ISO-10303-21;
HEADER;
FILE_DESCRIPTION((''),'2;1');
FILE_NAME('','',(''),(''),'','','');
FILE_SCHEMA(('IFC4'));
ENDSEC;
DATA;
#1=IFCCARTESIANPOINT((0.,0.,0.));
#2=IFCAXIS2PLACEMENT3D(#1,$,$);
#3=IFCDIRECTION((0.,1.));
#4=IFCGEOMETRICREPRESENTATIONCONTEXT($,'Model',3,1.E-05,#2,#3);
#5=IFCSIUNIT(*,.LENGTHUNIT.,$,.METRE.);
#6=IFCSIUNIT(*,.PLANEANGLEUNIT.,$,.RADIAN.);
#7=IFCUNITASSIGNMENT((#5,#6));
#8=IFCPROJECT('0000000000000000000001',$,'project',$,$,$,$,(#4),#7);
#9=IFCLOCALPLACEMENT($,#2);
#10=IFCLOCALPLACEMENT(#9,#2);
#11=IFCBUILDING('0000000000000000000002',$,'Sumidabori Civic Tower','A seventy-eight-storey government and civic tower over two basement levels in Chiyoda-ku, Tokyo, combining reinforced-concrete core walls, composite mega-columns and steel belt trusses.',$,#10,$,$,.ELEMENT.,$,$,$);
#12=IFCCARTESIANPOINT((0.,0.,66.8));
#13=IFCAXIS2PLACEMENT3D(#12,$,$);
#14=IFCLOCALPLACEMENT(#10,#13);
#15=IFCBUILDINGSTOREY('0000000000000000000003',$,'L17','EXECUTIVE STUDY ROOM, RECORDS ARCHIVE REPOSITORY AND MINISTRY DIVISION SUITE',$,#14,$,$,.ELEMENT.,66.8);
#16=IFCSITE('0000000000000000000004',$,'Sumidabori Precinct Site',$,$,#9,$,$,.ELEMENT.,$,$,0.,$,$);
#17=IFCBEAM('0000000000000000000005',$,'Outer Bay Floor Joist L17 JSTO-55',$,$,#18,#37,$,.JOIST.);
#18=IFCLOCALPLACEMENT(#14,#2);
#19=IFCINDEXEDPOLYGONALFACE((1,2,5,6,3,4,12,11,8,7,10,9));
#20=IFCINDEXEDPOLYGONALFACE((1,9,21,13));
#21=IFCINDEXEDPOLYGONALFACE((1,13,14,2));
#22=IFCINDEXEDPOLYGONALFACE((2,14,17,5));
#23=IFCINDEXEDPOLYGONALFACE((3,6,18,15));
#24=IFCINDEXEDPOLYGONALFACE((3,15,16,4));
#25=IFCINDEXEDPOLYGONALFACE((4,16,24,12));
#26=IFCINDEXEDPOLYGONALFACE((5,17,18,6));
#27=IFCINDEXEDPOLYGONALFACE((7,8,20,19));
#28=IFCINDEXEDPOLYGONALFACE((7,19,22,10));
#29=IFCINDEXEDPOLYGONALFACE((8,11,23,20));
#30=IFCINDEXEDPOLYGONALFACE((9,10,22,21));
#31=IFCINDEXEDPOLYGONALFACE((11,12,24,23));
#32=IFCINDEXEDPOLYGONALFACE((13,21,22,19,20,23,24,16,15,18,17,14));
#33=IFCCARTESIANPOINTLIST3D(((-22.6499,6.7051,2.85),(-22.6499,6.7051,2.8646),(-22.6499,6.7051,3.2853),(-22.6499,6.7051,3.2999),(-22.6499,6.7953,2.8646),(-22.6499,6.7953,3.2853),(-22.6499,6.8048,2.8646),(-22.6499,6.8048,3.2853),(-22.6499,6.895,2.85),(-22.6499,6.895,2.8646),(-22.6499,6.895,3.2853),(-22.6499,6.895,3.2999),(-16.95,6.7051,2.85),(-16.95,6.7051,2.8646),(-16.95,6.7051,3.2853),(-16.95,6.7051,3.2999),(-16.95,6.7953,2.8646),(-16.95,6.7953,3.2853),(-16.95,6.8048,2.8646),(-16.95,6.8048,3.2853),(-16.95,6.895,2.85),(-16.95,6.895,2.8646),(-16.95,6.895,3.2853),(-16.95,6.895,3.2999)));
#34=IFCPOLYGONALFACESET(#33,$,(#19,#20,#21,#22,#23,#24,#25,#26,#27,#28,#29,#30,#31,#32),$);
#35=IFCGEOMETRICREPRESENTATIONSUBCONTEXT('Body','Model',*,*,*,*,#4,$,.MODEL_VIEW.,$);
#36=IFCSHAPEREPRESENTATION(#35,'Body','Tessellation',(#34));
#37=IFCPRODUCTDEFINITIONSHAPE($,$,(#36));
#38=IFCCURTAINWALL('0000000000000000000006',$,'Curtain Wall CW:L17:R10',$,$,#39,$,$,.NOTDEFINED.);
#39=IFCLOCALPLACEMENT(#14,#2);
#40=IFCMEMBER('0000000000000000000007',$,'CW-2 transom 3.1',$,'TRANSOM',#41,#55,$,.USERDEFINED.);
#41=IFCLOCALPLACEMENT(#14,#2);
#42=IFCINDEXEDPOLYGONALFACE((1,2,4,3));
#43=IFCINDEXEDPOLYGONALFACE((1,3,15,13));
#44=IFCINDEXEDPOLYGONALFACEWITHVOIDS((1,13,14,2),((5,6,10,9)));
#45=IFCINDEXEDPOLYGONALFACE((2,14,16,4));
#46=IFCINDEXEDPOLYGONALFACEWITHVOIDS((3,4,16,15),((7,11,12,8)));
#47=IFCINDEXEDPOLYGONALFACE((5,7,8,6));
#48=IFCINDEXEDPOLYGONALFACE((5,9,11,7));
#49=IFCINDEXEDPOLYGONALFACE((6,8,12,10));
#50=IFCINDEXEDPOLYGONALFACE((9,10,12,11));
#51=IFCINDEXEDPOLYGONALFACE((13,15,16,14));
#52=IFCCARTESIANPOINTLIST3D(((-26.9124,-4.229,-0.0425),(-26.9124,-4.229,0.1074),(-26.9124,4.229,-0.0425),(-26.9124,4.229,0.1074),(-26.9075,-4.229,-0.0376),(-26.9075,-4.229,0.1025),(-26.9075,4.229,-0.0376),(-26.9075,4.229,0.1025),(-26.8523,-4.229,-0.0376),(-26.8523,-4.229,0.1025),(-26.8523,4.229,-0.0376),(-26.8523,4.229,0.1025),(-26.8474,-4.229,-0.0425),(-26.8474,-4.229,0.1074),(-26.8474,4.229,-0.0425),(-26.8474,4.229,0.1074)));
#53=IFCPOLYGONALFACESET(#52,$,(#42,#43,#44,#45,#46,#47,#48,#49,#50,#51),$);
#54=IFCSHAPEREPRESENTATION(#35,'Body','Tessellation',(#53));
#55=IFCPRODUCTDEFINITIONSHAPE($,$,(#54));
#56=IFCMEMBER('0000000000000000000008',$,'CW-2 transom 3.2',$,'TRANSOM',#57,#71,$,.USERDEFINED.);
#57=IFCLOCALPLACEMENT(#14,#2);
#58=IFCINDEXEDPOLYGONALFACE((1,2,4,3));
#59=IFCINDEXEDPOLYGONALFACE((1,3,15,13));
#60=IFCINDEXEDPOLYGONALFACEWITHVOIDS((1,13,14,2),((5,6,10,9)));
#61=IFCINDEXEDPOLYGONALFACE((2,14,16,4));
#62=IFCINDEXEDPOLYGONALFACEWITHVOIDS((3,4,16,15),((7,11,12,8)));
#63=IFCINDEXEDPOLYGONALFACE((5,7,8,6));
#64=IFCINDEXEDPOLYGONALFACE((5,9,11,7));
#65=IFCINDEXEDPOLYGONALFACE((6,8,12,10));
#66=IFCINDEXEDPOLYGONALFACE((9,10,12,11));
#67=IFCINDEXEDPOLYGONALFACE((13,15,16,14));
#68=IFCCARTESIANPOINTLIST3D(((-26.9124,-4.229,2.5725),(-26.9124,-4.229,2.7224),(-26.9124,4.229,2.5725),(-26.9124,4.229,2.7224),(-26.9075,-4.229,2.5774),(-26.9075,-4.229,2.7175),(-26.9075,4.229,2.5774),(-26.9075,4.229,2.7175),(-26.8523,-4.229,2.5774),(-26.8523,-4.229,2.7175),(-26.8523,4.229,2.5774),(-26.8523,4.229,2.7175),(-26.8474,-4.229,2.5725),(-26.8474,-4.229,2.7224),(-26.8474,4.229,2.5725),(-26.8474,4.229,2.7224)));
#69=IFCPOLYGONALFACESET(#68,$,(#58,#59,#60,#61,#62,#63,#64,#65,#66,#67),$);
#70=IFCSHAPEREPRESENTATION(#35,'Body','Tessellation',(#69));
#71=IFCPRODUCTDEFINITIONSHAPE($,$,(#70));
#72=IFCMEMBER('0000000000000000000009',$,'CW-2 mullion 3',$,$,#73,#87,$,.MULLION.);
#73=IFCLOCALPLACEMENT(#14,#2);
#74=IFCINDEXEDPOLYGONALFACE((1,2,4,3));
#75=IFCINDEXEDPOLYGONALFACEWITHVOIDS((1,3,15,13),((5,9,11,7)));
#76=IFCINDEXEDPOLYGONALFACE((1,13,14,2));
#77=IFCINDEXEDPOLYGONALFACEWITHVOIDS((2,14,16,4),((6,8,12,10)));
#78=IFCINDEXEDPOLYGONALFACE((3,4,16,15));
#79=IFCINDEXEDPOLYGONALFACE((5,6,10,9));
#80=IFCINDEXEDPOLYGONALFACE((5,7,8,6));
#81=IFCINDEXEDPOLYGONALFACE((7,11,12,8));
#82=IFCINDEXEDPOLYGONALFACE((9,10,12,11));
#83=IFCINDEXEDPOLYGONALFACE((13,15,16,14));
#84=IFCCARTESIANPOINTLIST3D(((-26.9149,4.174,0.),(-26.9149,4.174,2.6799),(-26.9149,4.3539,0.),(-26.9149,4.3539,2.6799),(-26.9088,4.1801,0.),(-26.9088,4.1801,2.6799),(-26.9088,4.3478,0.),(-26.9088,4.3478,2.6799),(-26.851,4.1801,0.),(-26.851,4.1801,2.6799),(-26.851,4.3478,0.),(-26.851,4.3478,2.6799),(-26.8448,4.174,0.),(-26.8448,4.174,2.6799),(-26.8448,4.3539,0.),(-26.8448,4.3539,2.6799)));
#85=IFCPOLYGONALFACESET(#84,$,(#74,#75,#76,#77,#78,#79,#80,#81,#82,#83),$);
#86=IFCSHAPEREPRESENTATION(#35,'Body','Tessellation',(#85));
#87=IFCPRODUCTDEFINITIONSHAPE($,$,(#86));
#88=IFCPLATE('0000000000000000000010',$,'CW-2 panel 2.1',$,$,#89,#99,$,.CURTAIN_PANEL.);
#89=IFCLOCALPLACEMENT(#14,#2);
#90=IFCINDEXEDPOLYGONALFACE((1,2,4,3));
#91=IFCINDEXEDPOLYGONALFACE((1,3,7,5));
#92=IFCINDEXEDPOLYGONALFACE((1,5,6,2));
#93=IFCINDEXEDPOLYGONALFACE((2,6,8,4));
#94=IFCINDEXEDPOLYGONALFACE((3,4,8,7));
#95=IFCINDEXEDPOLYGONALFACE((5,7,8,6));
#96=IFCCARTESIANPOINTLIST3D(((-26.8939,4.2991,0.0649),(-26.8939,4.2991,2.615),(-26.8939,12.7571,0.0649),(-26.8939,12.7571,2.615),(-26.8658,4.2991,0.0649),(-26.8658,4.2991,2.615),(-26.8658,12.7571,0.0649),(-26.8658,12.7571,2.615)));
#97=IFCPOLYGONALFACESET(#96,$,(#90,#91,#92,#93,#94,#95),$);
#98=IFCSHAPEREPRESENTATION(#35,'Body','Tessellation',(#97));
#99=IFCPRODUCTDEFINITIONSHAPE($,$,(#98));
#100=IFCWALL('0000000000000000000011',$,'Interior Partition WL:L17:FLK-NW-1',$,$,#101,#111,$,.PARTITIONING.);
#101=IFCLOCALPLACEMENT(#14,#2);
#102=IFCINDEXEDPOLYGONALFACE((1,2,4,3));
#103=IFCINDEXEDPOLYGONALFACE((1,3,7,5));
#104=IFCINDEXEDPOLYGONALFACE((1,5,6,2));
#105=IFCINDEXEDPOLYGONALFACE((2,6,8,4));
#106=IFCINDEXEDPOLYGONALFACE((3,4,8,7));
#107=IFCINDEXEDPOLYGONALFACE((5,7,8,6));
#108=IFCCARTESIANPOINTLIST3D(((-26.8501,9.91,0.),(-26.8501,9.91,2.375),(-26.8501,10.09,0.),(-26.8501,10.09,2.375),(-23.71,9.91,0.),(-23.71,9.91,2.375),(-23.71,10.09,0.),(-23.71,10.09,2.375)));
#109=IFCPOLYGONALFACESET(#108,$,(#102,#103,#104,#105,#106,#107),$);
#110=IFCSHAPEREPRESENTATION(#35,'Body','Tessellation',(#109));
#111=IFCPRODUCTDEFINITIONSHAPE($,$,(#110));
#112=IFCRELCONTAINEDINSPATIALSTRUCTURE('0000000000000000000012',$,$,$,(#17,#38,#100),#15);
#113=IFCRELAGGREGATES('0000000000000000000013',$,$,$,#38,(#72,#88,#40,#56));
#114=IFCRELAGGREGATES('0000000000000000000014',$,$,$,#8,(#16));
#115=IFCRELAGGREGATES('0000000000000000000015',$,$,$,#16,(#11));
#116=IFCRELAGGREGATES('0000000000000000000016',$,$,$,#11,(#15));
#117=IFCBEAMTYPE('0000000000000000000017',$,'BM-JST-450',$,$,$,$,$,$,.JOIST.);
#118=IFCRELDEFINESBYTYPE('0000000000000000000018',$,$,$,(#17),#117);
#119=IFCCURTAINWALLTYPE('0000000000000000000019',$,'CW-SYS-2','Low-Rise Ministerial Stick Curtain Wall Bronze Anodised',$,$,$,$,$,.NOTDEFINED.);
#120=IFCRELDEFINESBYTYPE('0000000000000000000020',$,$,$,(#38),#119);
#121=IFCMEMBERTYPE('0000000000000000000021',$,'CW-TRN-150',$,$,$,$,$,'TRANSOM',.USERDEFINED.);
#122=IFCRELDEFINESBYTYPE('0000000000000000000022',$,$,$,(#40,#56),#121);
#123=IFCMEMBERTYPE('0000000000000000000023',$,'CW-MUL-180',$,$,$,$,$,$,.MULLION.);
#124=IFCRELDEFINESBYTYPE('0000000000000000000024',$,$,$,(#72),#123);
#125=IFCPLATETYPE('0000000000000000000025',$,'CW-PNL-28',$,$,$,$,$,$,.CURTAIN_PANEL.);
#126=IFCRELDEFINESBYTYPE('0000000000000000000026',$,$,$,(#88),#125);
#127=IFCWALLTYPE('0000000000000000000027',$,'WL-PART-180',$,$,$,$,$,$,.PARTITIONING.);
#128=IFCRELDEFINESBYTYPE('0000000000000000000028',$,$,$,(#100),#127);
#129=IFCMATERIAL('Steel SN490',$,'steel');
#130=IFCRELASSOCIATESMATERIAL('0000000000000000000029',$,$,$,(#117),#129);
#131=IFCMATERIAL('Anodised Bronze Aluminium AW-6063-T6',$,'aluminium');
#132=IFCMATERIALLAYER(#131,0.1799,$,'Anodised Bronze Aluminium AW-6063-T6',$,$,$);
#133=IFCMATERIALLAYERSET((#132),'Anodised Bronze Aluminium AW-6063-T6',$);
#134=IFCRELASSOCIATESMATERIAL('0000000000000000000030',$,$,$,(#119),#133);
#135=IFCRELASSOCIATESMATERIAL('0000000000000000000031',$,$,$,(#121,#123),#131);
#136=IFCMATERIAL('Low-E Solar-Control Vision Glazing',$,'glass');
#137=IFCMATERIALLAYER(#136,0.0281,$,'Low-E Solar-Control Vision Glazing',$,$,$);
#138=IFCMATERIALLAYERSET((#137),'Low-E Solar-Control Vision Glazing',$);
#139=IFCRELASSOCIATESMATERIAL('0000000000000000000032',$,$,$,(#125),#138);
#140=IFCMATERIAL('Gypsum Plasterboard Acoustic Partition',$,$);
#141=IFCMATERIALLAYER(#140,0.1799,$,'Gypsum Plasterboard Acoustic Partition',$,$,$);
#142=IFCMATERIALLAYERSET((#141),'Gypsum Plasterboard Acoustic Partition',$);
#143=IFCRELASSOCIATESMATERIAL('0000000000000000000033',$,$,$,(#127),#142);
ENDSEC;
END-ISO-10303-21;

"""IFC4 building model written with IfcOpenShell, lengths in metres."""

from ifc_helpers import new_model, si_unit, direction, frame, frame_2d, origin, origin_2d, place, context, subcontext, project, spatial, rectangle, hollow_rectangle, i_section, extrude, source, transform, mapped, material, layer, layer_set, material_profile, profile_set, type_object, element, aggregate, save


model = new_model("IFC4")

# Units and contexts
model_context = context("Model", 3, precision=1e-05, world=origin(), true_north=direction((0.0, 1.0)))
body_context = subcontext(model_context, "Body", "Model", "MODEL_VIEW")
ifc_project = project(units=[si_unit("LENGTHUNIT", "METRE"), si_unit("PLANEANGLEUNIT", "RADIAN")], contexts=[model_context])

# Site, building, storey
site_placement = place(None, origin())
site = spatial("IfcSite", under=ifc_project, at=site_placement, Name="Sumidabori Precinct Site", CompositionType="ELEMENT", RefElevation=0.0)
building_placement = place(site_placement, origin())
building = spatial("IfcBuilding", under=site, at=building_placement, Name="Sumidabori Civic Tower", Description="A seventy-eight-storey government and civic tower over two basement levels in Chiyoda-ku, Tokyo, combining reinforced-concrete core walls, composite mega-columns and steel belt trusses.", CompositionType="ELEMENT")
storey_placement = place(building_placement, frame((0.0, 0.0, 66.8)))
storey = spatial("IfcBuildingStorey", under=building, at=storey_placement, Name="L17", Description="EXECUTIVE STUDY ROOM, RECORDS ARCHIVE REPOSITORY AND MINISTRY DIVISION SUITE", CompositionType="ELEMENT", Elevation=66.8)

# Beam
ifc_material_1 = material(Name="Steel SN490", Category="steel")
ifc_material_profile_1 = material_profile(ifc_material_1, i_section(OverallWidth=0.1899, OverallDepth=0.45, WebThickness=0.0095, FlangeThickness=0.0146, at=origin_2d()), Name="IPE 450")
ifc_profile_set_1 = profile_set([ifc_material_profile_1], Name="Steel SN490")
beam_type_1 = type_object("IfcBeamType", Name="BM-JST-450", PredefinedType="JOIST", material=ifc_profile_set_1)
shared_shape_1 = source(origin(), body_context, "Body", "SweptSolid", [
    extrude(i_section(OverallWidth=0.1899, OverallDepth=0.45, WebThickness=0.0095, FlangeThickness=0.0146, at=origin_2d()), origin(), (0.0, 0.0, 1.0), 5.7),
])
for number, where, z_axis, x_axis, name in (
    (1, (-22.6499, 6.8, 3.075), (1.0, 0.0, 0.0), (0.0, 1.0, 0.0), "Outer Bay Floor Joist L17 JSTO-55"),
):
    element("IfcBeam", number, at=place(storey_placement, frame(where, z_axis=z_axis, x_axis=x_axis)), inside=storey, type_object=beam_type_1, Name=name, PredefinedType="JOIST", context=body_context, shape_type="MappedRepresentation", body=[
        mapped(shared_shape_1, transform((0.0, 0.0, 0.0), x_axis=(1.0, 0.0, 0.0), y_axis=(0.0, 1.0, 0.0), z_axis=(0.0, 0.0, 1.0), scale=1.0)),
    ])

# Curtain wall, members, plate
ifc_material_2 = material(Name="Anodised Bronze Aluminium AW-6063-T6", Category="aluminium")
ifc_layer_1 = layer(ifc_material_2, 0.1799, Name="Anodised Bronze Aluminium AW-6063-T6")
ifc_layer_set_1 = layer_set([ifc_layer_1], Name="Anodised Bronze Aluminium AW-6063-T6")
curtain_wall_type = type_object("IfcCurtainWallType", Name="CW-SYS-2", Description="Low-Rise Ministerial Stick Curtain Wall Bronze Anodised", PredefinedType="NOTDEFINED", material=ifc_layer_set_1)
curtain_wall_placement = place(storey_placement, origin())
curtain_wall = element("IfcCurtainWall", 2, at=curtain_wall_placement, inside=storey, type_object=curtain_wall_type, Name="Curtain Wall CW:L17:R10", PredefinedType="NOTDEFINED")
ifc_material_profile_2 = material_profile(ifc_material_2, hollow_rectangle(XDim=0.0649, YDim=0.1499, WallThickness=0.0049, at=origin_2d()), Name="ALU TRANSOM 150x65")
ifc_profile_set_2 = profile_set([ifc_material_profile_2], Name="Anodised Bronze Aluminium AW-6063-T6")
member_type_1 = type_object("IfcMemberType", Name="CW-TRN-150", ElementType="TRANSOM", PredefinedType="USERDEFINED", material=ifc_profile_set_2)
shared_shape_2 = source(origin(), body_context, "Body", "SweptSolid", [
    extrude(hollow_rectangle(XDim=0.0649, YDim=0.1499, WallThickness=0.0049, at=origin_2d()), origin(), (0.0, 0.0, 1.0), 8.458),
])
member_1_placement = place(storey_placement, frame((-26.8799, 4.229, 0.0325), z_axis=(0.0, -1.0, 0.0), x_axis=(1.0, 0.0, 0.0)))
member_1 = element("IfcMember", 3, at=member_1_placement, type_object=member_type_1, Name="CW-2 transom 3.1", ObjectType="TRANSOM", PredefinedType="USERDEFINED", context=body_context, shape_type="MappedRepresentation", body=[
    mapped(shared_shape_2, transform((0.0, 0.0, 0.0), x_axis=(1.0, 0.0, 0.0), y_axis=(0.0, 1.0, 0.0), z_axis=(0.0, 0.0, 1.0), scale=1.0)),
])
member_2_placement = place(storey_placement, frame((-26.8799, 4.229, 2.6475), z_axis=(0.0, -1.0, 0.0), x_axis=(1.0, 0.0, 0.0)))
member_2 = element("IfcMember", 4, at=member_2_placement, type_object=member_type_1, Name="CW-2 transom 3.2", ObjectType="TRANSOM", PredefinedType="USERDEFINED", context=body_context, shape_type="MappedRepresentation", body=[
    mapped(shared_shape_2, transform((0.0, 0.0, 0.0), x_axis=(1.0, 0.0, 0.0), y_axis=(0.0, 1.0, 0.0), z_axis=(0.0, 0.0, 1.0), scale=1.0)),
])
ifc_material_profile_3 = material_profile(ifc_material_2, hollow_rectangle(XDim=0.0701, YDim=0.1799, WallThickness=0.0061, at=origin_2d()), Name="ALU MULLION 180x70")
ifc_profile_set_3 = profile_set([ifc_material_profile_3], Name="Anodised Bronze Aluminium AW-6063-T6")
member_type_2 = type_object("IfcMemberType", Name="CW-MUL-180", PredefinedType="MULLION", material=ifc_profile_set_3)
shared_shape_3 = source(origin(), body_context, "Body", "SweptSolid", [
    extrude(hollow_rectangle(XDim=0.0701, YDim=0.1799, WallThickness=0.0061, at=origin_2d()), origin(), (0.0, 0.0, 1.0), 2.6799),
])
member_3_placement = place(storey_placement, frame((-26.8799, 4.2639, 0.0), z_axis=(0.0, 0.0, 1.0), x_axis=(1.0, 0.0, 0.0)))
member_3 = element("IfcMember", 5, at=member_3_placement, type_object=member_type_2, Name="CW-2 mullion 3", PredefinedType="MULLION", context=body_context, shape_type="MappedRepresentation", body=[
    mapped(shared_shape_3, transform((0.0, 0.0, 0.0), x_axis=(1.0, 0.0, 0.0), y_axis=(0.0, 1.0, 0.0), z_axis=(0.0, 0.0, 1.0), scale=1.0)),
])
ifc_material_3 = material(Name="Low-E Solar-Control Vision Glazing", Category="glass")
ifc_layer_2 = layer(ifc_material_3, 0.0281, Name="Low-E Solar-Control Vision Glazing")
ifc_layer_set_2 = layer_set([ifc_layer_2], Name="Low-E Solar-Control Vision Glazing")
plate_type = type_object("IfcPlateType", Name="CW-PNL-28", PredefinedType="CURTAIN_PANEL", material=ifc_layer_set_2)
shared_shape_4 = source(origin(), body_context, "Body", "SweptSolid", [
    extrude(rectangle(XDim=8.458, YDim=0.0281, at=origin_2d()), origin(), (0.0, 0.0, 1.0), 2.55),
])
plate_placement = place(storey_placement, frame((-26.8799, 8.5281, 0.0649), z_axis=(0.0, 0.0, 1.0), x_axis=(0.0, -1.0, 0.0)))
plate = element("IfcPlate", 6, at=plate_placement, type_object=plate_type, Name="CW-2 panel 2.1", PredefinedType="CURTAIN_PANEL", context=body_context, shape_type="MappedRepresentation", body=[
    mapped(shared_shape_4, transform((0.0, 0.0, 0.0), x_axis=(1.0, 0.0, 0.0), y_axis=(0.0, 1.0, 0.0), z_axis=(0.0, 0.0, 1.0), scale=1.0)),
])
aggregate(curtain_wall, [member_3, plate, member_1, member_2])

# Wall
ifc_material_4 = material(Name="Gypsum Plasterboard Acoustic Partition")
ifc_layer_3 = layer(ifc_material_4, 0.1799, Name="Gypsum Plasterboard Acoustic Partition")
ifc_layer_set_3 = layer_set([ifc_layer_3], Name="Gypsum Plasterboard Acoustic Partition")
wall_type_1 = type_object("IfcWallType", Name="WL-PART-180", PredefinedType="PARTITIONING", material=ifc_layer_set_3)
shared_shape_5 = source(origin(), body_context, "Body", "SweptSolid", [
    extrude(rectangle(XDim=3.1401, YDim=0.1799, at=frame_2d((1.5701, 0.0))), origin(), (0.0, 0.0, 1.0), 2.375),
])
wall_1_placement = place(storey_placement, frame((-26.8501, 10.0, 0.0), z_axis=(0.0, 0.0, 1.0), x_axis=(1.0, 0.0, 0.0)))
element("IfcWall", 7, at=wall_1_placement, inside=storey, type_object=wall_type_1, Name="Interior Partition WL:L17:FLK-NW-1", PredefinedType="PARTITIONING", context=body_context, shape_type="MappedRepresentation", body=[
    mapped(shared_shape_5, transform((0.0, 0.0, 0.0), x_axis=(1.0, 0.0, 0.0), y_axis=(0.0, 1.0, 0.0), z_axis=(0.0, 0.0, 1.0), scale=1.0)),
])

save(model, "model.ifc")
